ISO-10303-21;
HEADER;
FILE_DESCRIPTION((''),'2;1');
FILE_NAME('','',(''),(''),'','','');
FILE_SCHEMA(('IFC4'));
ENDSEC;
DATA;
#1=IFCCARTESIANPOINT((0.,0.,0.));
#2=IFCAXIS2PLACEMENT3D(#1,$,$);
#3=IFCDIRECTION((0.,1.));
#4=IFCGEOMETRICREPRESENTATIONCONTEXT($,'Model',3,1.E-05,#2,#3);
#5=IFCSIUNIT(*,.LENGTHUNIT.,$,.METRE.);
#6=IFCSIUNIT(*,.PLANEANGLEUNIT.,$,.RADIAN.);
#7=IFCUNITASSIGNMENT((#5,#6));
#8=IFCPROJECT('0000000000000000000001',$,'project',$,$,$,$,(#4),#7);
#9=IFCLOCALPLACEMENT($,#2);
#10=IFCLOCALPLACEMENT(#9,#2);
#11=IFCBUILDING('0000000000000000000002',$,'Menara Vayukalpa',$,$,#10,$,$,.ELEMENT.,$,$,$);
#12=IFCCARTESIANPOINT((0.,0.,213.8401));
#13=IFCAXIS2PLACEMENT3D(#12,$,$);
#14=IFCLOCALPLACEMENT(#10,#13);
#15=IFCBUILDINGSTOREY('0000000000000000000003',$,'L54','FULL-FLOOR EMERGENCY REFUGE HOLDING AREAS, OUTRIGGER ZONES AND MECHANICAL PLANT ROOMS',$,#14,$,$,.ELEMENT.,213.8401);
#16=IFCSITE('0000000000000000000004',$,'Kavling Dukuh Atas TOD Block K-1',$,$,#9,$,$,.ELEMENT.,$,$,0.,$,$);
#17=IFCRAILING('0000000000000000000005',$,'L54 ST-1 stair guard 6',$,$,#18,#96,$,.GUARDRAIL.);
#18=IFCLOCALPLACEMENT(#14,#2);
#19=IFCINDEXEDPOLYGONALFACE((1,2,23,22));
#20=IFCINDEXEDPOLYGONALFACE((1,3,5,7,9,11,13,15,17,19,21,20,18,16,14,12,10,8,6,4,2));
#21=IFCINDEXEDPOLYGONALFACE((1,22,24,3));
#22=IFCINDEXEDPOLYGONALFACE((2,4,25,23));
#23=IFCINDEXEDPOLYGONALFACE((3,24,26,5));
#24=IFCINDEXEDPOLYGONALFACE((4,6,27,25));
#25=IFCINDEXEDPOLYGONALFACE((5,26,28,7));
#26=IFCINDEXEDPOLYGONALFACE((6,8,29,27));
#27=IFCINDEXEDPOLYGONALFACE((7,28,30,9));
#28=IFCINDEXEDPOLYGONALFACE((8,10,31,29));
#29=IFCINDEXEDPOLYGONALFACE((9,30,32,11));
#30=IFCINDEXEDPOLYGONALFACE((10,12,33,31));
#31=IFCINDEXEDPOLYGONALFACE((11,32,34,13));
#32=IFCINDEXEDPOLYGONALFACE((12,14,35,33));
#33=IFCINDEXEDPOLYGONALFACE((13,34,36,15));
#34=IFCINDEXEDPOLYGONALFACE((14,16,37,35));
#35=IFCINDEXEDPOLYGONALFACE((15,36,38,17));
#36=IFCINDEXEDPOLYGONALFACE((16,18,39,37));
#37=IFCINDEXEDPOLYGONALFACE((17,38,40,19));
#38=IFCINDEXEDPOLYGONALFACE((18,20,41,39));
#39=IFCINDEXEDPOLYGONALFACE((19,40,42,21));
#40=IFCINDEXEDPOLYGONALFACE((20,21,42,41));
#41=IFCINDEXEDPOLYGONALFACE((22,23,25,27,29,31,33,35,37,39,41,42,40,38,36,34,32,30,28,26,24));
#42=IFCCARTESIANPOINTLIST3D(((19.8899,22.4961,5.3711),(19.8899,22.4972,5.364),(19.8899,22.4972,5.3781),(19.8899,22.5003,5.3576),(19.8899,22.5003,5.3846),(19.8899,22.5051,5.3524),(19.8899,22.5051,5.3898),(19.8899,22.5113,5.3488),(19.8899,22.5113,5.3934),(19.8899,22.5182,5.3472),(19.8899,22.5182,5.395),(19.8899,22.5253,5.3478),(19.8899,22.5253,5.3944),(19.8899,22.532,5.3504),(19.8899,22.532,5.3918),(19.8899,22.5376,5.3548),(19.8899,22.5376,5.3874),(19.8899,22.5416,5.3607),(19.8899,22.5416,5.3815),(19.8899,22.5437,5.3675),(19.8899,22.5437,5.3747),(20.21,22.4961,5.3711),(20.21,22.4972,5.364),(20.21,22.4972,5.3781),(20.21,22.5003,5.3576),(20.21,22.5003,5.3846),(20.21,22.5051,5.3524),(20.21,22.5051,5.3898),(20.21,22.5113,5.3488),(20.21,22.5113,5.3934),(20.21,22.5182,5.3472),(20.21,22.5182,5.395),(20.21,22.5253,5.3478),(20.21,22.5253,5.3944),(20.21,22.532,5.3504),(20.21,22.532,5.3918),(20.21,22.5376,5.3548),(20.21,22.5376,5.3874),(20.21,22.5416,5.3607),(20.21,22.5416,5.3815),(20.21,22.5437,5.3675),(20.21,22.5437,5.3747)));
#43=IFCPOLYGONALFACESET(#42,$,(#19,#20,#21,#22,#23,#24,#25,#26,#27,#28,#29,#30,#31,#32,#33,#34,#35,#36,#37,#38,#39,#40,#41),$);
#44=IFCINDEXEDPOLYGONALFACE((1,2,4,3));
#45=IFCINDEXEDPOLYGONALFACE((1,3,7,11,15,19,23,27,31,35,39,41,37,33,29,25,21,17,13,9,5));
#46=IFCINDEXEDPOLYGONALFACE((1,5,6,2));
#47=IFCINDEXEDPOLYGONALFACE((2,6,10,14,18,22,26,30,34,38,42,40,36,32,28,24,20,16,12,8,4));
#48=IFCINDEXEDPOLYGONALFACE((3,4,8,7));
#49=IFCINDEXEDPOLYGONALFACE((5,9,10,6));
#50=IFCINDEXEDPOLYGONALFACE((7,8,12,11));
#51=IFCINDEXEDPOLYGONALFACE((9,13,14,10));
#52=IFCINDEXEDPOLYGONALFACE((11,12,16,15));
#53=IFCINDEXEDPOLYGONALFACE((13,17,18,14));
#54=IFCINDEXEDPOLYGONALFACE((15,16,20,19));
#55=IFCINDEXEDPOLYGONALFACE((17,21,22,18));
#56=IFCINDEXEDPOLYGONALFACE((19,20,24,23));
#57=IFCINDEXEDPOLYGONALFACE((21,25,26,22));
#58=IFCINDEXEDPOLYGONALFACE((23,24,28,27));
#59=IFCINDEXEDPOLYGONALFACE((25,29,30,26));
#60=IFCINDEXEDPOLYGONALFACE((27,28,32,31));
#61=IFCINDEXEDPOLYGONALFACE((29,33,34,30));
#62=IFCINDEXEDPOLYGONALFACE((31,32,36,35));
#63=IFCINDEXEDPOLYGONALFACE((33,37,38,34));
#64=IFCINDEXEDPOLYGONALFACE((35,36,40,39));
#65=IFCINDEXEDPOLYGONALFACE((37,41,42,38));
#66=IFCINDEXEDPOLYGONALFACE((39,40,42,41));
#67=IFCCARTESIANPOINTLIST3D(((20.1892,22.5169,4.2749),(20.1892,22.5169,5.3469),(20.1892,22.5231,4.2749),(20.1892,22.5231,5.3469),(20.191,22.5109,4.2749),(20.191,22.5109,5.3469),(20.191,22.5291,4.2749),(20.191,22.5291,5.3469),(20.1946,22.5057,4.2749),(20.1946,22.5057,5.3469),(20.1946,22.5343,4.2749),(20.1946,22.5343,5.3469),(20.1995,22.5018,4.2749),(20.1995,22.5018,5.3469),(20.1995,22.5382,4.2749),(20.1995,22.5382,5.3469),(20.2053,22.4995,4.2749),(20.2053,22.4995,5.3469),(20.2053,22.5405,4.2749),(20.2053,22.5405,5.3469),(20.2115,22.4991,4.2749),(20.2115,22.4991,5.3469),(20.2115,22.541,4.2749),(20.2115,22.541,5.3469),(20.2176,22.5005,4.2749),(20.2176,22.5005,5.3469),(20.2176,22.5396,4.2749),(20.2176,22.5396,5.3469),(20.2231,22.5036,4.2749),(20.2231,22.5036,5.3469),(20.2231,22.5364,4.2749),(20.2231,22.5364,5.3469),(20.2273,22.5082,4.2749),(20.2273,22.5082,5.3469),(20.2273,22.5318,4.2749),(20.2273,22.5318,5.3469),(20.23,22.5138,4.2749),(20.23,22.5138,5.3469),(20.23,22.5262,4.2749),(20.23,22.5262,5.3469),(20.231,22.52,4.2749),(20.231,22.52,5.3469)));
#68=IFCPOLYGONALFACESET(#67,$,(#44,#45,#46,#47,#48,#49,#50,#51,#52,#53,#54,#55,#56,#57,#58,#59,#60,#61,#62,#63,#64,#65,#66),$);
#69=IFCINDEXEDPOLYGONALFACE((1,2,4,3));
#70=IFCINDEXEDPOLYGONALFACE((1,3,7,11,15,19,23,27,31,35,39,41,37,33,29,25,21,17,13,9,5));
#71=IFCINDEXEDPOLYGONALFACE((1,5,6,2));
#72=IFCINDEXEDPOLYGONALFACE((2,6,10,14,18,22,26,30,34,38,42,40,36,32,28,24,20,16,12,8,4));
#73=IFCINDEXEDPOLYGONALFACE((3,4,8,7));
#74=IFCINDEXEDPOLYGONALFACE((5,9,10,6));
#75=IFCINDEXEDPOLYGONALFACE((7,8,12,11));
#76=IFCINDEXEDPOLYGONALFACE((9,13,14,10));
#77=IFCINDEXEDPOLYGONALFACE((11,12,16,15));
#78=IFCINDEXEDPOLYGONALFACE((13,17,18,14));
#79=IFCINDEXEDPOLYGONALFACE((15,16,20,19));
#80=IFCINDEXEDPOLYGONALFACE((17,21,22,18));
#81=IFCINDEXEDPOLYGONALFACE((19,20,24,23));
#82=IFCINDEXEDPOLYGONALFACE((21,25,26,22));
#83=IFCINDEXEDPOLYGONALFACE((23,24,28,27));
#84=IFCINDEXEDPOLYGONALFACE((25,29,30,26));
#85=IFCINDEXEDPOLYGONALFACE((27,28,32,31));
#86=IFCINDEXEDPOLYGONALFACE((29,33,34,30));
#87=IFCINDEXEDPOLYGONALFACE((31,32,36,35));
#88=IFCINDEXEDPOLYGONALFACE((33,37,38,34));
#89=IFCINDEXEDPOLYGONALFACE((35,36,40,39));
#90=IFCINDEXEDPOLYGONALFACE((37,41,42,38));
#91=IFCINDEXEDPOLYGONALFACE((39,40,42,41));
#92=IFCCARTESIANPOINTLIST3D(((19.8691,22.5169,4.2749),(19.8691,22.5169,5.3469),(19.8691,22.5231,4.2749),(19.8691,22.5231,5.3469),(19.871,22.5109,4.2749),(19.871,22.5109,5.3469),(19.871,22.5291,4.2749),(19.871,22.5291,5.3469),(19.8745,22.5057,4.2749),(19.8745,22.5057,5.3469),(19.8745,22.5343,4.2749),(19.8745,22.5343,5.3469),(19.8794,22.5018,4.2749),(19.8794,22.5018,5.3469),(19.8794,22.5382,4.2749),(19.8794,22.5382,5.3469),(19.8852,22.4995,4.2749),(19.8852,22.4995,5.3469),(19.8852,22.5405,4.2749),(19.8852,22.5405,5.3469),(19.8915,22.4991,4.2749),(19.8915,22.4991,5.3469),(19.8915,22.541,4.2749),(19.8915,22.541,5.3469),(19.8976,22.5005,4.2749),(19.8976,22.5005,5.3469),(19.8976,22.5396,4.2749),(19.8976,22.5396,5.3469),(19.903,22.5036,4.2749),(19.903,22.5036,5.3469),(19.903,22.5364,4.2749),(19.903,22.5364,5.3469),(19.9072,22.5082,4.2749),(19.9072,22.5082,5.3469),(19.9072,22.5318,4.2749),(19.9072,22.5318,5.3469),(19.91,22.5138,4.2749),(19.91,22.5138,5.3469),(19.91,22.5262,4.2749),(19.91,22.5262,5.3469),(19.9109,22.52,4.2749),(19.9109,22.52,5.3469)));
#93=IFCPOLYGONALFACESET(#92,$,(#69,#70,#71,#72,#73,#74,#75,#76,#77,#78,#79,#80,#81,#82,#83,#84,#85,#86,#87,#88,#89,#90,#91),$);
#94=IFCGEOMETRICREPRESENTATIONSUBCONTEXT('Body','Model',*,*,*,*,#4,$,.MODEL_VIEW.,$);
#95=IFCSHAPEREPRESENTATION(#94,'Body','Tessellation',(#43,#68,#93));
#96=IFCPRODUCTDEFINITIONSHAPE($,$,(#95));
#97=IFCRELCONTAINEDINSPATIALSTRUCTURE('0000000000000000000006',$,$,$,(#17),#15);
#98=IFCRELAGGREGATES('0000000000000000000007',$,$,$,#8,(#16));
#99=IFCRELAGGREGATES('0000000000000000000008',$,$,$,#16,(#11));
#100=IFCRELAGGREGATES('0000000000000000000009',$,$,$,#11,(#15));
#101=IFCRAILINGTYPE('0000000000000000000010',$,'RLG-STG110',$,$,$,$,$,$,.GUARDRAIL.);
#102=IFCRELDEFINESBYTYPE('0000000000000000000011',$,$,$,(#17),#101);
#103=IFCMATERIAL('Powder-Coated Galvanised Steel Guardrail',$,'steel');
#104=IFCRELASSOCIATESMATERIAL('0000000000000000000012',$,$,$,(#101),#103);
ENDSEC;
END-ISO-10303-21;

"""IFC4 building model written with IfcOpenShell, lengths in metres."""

from ifc_helpers import new_model, si_unit, direction, frame, origin, origin_2d, place, context, subcontext, project, spatial, circle, extrude, material, type_object, element, save


model = new_model("IFC4")

# Units and contexts
model_context = context("Model", 3, precision=1e-05, world=origin(), true_north=direction((0.0, 1.0)))
body_context = subcontext(model_context, "Body", "Model", "MODEL_VIEW")
ifc_project = project(units=[si_unit("LENGTHUNIT", "METRE"), si_unit("PLANEANGLEUNIT", "RADIAN")], contexts=[model_context])

# Site, building, storey
site_placement = place(None, origin())
site = spatial("IfcSite", under=ifc_project, at=site_placement, Name="Kavling Dukuh Atas TOD Block K-1", CompositionType="ELEMENT", RefElevation=0.0)
building_placement = place(site_placement, origin())
building = spatial("IfcBuilding", under=site, at=building_placement, Name="Menara Vayukalpa", CompositionType="ELEMENT")
storey_placement = place(building_placement, frame((0.0, 0.0, 213.8401)))
storey = spatial("IfcBuildingStorey", under=building, at=storey_placement, Name="L54", Description="FULL-FLOOR EMERGENCY REFUGE HOLDING AREAS, OUTRIGGER ZONES AND MECHANICAL PLANT ROOMS", CompositionType="ELEMENT", Elevation=213.8401)

# Railing
ifc_material_1 = material(Name="Powder-Coated Galvanised Steel Guardrail", Category="steel")
railing_type_1 = type_object("IfcRailingType", Name="RLG-STG110", PredefinedType="GUARDRAIL", material=ifc_material_1)
railing_1_placement = place(storey_placement, frame((20.21, 22.52, 4.2749)))
element("IfcRailing", 1, at=railing_1_placement, inside=storey, type_object=railing_type_1, Name="L54 ST-1 stair guard 6", PredefinedType="GUARDRAIL", context=body_context, shape_type="SweptSolid", body=[
    extrude(circle(Radius=0.0239, at=origin_2d()), frame((0.0, 0.0, 1.0962), z_axis=(-1.0, 0.0, 0.0), x_axis=(0.0, -1.0, 0.0)), (0.0, 0.0, 1.0), 0.3201),
    extrude(circle(Radius=0.021, at=origin_2d()), origin(), (0.0, 0.0, 1.0), 1.072),
    extrude(circle(Radius=0.021, at=origin_2d()), frame((-0.3201, 0.0, 0.0)), (0.0, 0.0, 1.0), 1.072),
])

save(model, "model.ifc")
